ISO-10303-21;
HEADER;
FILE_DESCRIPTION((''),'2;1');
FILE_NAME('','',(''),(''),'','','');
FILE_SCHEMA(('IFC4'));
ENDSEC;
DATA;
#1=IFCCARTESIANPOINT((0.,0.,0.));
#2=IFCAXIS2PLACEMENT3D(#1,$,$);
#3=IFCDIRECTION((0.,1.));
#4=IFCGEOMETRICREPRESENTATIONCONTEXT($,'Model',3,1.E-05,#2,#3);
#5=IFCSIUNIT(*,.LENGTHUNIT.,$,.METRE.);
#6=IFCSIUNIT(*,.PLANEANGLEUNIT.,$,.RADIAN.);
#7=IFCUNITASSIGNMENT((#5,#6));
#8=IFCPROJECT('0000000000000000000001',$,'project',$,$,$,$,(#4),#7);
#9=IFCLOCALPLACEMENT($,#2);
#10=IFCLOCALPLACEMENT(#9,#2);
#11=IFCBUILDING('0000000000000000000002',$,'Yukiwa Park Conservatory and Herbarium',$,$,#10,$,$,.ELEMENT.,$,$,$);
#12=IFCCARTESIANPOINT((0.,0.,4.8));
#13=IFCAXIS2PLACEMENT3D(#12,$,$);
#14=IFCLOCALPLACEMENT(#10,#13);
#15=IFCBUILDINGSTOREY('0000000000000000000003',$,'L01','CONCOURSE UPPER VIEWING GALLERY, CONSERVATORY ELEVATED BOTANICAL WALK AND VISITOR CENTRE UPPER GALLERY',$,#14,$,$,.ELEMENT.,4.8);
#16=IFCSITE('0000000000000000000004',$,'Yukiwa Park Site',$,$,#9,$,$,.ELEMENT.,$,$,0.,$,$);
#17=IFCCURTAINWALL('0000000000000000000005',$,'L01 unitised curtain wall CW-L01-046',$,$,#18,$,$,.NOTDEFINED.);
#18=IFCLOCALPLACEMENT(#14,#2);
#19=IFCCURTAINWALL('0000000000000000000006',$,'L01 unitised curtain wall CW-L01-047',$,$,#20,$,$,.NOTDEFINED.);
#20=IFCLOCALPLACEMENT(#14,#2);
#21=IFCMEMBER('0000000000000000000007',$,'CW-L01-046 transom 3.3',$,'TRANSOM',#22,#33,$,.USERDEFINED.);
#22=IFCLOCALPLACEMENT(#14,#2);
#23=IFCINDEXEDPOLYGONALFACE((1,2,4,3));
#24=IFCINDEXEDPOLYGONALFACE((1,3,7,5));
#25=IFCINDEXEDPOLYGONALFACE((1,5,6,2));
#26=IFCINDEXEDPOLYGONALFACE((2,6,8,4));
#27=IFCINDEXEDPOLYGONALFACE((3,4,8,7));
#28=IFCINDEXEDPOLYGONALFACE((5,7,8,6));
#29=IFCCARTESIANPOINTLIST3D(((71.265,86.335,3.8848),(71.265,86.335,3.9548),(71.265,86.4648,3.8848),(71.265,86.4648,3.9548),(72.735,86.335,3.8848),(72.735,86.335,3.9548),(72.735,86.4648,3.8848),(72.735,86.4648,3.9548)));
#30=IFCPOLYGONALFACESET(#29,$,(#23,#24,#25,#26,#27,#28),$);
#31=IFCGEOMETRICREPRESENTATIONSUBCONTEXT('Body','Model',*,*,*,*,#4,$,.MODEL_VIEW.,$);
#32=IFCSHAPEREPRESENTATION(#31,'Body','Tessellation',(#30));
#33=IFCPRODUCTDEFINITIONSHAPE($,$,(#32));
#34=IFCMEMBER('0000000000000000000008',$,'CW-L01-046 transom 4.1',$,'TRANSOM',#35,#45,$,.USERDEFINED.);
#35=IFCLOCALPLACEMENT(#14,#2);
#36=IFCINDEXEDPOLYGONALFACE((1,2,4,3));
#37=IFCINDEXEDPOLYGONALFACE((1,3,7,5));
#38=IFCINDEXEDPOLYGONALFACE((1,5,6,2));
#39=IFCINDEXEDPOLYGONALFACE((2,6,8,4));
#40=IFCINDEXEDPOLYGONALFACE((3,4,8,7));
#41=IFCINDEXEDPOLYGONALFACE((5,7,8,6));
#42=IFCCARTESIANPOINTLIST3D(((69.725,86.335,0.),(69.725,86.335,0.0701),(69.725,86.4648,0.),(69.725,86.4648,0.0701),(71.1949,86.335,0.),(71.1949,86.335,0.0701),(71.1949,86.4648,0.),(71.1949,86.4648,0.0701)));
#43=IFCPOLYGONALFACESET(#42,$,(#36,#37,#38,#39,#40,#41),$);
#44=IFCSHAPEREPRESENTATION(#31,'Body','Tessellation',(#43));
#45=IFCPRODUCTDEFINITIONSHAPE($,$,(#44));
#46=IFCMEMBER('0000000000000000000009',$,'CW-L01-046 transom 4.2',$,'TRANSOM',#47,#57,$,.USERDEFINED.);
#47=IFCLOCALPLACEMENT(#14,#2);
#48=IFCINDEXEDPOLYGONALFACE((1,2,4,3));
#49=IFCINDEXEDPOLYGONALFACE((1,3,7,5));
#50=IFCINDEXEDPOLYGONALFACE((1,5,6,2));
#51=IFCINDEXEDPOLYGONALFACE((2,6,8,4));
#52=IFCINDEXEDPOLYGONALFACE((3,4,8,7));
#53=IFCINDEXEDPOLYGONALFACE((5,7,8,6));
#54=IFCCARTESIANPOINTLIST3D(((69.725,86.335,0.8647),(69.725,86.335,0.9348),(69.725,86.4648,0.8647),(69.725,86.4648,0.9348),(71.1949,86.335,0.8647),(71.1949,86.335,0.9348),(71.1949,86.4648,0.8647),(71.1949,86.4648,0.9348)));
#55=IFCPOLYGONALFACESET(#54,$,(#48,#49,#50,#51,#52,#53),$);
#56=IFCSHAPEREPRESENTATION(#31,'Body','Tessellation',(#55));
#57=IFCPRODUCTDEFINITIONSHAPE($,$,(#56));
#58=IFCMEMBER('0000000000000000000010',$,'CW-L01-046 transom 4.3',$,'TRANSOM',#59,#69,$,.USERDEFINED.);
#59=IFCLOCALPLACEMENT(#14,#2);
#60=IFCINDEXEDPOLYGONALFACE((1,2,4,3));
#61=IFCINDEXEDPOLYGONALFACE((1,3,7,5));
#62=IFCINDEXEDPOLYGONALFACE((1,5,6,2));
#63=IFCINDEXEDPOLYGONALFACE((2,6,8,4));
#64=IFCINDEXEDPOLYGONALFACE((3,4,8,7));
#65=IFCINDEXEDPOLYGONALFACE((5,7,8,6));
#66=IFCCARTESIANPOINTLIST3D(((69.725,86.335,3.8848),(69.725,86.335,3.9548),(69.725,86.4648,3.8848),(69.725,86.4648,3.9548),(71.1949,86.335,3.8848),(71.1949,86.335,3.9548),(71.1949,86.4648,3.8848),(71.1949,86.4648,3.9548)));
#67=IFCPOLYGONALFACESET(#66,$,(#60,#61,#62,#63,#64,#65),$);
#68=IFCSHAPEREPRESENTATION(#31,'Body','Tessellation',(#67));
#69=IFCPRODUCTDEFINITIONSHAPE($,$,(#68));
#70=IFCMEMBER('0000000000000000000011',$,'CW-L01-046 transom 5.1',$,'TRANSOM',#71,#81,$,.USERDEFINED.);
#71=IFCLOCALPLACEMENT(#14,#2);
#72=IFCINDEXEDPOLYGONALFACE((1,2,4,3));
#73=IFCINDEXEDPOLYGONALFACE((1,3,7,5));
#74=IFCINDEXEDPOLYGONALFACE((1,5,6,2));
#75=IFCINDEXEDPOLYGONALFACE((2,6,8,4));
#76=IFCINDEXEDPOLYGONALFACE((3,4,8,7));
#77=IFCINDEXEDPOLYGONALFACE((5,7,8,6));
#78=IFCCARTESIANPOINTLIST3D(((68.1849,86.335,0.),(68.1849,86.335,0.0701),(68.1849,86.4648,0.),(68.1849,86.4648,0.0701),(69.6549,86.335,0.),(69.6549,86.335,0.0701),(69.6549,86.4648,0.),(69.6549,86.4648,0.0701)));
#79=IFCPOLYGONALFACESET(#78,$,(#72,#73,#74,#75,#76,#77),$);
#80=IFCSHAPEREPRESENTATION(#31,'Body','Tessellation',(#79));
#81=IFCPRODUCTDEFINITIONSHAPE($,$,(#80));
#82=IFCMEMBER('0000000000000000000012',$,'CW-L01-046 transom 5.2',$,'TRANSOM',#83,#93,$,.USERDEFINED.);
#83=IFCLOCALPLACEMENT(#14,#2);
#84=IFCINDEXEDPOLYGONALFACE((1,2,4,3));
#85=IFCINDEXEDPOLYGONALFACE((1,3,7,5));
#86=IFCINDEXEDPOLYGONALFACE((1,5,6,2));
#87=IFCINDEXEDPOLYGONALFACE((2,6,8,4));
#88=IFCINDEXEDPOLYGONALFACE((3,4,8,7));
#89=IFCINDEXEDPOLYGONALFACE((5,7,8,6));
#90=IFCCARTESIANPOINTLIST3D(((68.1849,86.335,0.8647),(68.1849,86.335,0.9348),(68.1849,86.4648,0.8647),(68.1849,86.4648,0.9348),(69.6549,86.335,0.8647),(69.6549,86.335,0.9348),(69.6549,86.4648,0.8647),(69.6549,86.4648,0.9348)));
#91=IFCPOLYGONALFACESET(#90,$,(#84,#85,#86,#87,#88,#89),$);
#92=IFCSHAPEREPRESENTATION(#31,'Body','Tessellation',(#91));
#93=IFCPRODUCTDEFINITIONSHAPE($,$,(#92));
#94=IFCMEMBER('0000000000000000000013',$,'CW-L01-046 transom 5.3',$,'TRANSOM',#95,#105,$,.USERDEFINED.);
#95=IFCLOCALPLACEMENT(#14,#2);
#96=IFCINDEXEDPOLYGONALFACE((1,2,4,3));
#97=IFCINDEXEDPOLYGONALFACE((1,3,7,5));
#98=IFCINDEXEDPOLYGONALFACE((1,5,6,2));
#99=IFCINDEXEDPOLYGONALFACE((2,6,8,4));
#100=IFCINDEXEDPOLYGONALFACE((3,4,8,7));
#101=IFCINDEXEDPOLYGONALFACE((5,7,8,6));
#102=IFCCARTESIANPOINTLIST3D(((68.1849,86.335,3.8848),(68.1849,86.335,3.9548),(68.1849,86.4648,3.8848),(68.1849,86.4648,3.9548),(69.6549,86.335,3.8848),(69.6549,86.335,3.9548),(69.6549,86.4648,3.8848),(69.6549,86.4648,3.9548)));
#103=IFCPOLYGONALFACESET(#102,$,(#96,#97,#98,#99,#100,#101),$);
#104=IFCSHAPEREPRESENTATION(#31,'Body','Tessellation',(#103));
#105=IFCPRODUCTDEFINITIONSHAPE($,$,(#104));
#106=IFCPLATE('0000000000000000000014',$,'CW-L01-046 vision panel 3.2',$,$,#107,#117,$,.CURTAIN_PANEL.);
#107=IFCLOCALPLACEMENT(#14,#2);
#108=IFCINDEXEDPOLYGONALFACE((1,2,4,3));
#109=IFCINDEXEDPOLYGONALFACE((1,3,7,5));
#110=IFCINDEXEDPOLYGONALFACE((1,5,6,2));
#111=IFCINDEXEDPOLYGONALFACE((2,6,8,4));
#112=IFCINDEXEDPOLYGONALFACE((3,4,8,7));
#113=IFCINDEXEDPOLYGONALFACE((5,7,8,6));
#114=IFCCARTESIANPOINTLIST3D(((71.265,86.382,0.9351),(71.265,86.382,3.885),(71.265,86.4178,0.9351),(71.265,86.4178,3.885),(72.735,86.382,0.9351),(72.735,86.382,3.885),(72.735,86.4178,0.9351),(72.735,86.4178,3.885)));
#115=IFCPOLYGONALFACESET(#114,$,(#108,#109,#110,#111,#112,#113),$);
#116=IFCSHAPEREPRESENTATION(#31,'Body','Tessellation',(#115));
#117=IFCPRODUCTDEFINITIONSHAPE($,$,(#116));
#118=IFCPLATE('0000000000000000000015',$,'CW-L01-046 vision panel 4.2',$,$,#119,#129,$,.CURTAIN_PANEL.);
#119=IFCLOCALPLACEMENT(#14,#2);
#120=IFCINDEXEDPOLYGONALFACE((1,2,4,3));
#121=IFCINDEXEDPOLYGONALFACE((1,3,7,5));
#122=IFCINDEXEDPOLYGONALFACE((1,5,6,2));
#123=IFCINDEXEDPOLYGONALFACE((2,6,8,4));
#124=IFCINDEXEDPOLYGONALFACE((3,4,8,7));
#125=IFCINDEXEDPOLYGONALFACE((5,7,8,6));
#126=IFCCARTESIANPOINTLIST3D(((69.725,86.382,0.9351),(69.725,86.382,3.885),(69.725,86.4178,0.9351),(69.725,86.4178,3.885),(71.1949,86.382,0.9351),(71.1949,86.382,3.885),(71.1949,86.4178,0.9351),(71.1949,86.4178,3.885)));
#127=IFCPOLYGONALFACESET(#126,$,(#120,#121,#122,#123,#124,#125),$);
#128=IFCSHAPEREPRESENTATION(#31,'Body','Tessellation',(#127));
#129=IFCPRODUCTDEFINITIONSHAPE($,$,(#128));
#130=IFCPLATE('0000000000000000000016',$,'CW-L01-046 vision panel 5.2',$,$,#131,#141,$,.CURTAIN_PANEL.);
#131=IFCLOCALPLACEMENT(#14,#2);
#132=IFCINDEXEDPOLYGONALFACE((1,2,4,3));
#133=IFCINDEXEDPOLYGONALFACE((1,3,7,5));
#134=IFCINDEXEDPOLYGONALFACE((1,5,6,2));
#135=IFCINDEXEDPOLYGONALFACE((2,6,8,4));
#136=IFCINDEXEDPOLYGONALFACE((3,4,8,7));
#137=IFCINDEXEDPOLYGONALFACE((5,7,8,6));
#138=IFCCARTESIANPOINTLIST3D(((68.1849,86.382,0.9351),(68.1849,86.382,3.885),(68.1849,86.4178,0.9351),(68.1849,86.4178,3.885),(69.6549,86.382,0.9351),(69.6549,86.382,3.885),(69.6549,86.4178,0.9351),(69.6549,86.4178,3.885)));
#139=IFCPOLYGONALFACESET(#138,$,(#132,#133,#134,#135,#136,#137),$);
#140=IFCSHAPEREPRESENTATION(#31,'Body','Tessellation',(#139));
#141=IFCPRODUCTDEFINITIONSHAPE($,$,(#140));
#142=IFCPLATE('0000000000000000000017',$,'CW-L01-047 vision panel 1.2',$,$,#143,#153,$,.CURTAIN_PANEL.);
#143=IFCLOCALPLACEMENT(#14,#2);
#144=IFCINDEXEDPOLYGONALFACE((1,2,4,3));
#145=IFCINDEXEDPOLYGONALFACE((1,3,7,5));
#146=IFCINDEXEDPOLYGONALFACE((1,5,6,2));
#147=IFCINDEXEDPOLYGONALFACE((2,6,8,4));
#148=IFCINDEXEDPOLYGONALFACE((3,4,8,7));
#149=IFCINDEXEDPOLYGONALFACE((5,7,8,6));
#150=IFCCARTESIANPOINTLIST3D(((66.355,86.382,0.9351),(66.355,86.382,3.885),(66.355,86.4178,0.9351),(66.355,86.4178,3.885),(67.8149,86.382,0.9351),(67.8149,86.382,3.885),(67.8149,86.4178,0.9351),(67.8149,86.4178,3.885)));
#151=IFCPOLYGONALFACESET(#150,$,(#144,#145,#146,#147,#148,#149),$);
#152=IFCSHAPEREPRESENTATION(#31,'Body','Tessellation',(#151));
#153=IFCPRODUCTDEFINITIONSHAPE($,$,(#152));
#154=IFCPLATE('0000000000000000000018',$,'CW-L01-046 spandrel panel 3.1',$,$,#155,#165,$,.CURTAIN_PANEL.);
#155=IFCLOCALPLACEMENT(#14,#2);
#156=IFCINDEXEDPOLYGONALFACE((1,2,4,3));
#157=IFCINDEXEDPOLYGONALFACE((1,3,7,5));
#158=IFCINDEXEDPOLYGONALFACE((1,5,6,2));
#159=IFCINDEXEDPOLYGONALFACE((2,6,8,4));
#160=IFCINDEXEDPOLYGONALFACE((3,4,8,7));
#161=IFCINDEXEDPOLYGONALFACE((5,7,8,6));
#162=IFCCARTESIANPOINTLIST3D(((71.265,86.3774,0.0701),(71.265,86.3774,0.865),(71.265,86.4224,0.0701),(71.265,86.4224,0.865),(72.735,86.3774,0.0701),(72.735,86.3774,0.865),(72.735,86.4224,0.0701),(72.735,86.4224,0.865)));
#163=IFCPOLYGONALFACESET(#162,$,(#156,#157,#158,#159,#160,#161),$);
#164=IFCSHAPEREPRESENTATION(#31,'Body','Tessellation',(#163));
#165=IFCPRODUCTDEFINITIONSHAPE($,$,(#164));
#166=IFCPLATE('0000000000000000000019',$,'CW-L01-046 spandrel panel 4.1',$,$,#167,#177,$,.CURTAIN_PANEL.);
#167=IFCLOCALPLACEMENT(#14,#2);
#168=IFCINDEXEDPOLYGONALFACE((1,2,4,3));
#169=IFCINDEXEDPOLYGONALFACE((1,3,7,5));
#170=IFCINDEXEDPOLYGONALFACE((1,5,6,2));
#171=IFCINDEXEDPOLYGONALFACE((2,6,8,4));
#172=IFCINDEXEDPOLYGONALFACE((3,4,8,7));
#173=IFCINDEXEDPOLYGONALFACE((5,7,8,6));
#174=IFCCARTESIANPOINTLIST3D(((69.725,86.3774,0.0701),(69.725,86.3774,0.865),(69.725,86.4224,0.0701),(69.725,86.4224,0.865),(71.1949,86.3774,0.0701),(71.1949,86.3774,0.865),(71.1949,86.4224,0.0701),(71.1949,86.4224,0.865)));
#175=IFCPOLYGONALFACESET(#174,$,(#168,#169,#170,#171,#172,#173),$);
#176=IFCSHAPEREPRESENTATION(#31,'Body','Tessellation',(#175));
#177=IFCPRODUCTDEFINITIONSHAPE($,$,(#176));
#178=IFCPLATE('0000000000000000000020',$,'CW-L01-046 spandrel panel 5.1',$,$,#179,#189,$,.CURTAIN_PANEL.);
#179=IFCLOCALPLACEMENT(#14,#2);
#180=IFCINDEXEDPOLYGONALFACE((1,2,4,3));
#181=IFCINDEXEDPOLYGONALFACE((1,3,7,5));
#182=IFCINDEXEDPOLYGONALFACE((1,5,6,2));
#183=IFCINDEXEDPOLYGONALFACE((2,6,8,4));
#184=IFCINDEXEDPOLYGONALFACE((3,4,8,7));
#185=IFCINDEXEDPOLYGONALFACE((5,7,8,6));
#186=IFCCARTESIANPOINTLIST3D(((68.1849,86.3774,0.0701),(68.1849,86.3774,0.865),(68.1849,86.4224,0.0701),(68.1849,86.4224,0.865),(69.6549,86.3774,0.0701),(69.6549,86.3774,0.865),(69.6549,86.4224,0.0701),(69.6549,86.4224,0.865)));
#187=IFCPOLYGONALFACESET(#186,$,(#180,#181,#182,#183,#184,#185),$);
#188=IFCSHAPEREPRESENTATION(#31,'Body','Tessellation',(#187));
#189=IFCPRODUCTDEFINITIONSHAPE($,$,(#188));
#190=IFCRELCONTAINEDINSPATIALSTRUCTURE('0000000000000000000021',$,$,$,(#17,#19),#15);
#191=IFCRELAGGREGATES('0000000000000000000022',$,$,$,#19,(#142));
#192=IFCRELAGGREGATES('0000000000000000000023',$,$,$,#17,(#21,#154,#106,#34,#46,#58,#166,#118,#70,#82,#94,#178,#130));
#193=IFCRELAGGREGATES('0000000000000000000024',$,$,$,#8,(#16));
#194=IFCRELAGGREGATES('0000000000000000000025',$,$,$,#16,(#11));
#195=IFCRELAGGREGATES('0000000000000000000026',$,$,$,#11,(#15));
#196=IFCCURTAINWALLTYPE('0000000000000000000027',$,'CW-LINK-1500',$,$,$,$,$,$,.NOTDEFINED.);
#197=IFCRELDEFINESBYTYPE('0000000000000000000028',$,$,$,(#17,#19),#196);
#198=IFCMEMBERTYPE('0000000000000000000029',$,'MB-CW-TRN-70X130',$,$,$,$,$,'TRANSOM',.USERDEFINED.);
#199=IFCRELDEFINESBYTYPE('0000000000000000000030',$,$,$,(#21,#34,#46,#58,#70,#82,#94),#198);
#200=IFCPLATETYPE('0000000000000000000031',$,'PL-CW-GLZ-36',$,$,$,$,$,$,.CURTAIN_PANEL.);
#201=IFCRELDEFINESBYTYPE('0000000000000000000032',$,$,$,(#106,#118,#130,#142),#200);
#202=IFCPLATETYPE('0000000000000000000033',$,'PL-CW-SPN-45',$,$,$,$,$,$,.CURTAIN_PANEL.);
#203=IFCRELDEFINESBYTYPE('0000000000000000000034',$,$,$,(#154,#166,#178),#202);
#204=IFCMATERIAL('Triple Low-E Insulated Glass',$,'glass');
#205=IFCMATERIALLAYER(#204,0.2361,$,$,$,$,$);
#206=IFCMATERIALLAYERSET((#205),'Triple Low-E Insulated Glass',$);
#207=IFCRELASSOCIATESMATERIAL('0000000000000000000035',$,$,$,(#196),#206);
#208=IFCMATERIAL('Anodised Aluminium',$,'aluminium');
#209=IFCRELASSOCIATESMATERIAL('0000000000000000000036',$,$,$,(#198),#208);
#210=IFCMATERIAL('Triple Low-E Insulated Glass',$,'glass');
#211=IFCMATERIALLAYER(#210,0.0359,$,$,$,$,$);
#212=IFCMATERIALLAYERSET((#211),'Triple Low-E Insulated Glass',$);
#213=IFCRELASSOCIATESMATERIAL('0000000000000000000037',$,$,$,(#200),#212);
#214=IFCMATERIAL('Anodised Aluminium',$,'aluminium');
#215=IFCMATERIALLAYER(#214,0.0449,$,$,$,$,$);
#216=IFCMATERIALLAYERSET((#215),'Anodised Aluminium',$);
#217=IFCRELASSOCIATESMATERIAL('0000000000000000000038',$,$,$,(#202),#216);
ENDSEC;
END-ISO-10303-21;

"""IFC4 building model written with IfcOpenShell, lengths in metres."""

from ifc_helpers import new_model, si_unit, direction, frame, origin, origin_2d, place, context, subcontext, project, spatial, rectangle, extrude, material, layer, layer_set, type_object, element, aggregate, save


model = new_model("IFC4")

# Units and contexts
model_context = context("Model", 3, precision=1e-05, world=origin(), true_north=direction((0.0, 1.0)))
body_context = subcontext(model_context, "Body", "Model", "MODEL_VIEW")
ifc_project = project(units=[si_unit("LENGTHUNIT", "METRE"), si_unit("PLANEANGLEUNIT", "RADIAN")], contexts=[model_context])

# Site, building, storey
site_placement = place(None, origin())
site = spatial("IfcSite", under=ifc_project, at=site_placement, Name="Yukiwa Park Site", CompositionType="ELEMENT", RefElevation=0.0)
building_placement = place(site_placement, origin())
building = spatial("IfcBuilding", under=site, at=building_placement, Name="Yukiwa Park Conservatory and Herbarium", CompositionType="ELEMENT")
storey_placement = place(building_placement, frame((0.0, 0.0, 4.8)))
storey = spatial("IfcBuildingStorey", under=building, at=storey_placement, Name="L01", Description="CONCOURSE UPPER VIEWING GALLERY, CONSERVATORY ELEVATED BOTANICAL WALK AND VISITOR CENTRE UPPER GALLERY", CompositionType="ELEMENT", Elevation=4.8)

# Curtain wall
ifc_material_1 = material(Name="Triple Low-E Insulated Glass", Category="glass")
ifc_layer_1 = layer(ifc_material_1, 0.2361)
ifc_layer_set_1 = layer_set([ifc_layer_1], Name="Triple Low-E Insulated Glass")
curtain_wall_type = type_object("IfcCurtainWallType", Name="CW-LINK-1500", PredefinedType="NOTDEFINED", material=ifc_layer_set_1)
curtain_wall_1_placement = place(storey_placement, origin())
curtain_wall_1 = element("IfcCurtainWall", 1, at=curtain_wall_1_placement, inside=storey, type_object=curtain_wall_type, Name="L01 unitised curtain wall CW-L01-046", PredefinedType="NOTDEFINED")

# Curtain wall
curtain_wall_2_placement = place(storey_placement, origin())
curtain_wall_2 = element("IfcCurtainWall", 2, at=curtain_wall_2_placement, inside=storey, type_object=curtain_wall_type, Name="L01 unitised curtain wall CW-L01-047", PredefinedType="NOTDEFINED")

# Members
ifc_material_2 = material(Name="Anodised Aluminium", Category="aluminium")
member_type_1 = type_object("IfcMemberType", Name="MB-CW-TRN-70X130", ElementType="TRANSOM", PredefinedType="USERDEFINED", material=ifc_material_2)
member_1_placement = place(storey_placement, frame((72.0, 86.3999, 3.8848), z_axis=(0.0, 0.0, 1.0), x_axis=(-1.0, 0.0, 0.0)))
member_1 = element("IfcMember", 3, at=member_1_placement, type_object=member_type_1, Name="CW-L01-046 transom 3.3", ObjectType="TRANSOM", PredefinedType="USERDEFINED", context=body_context, shape_type="SweptSolid", body=[
    extrude(rectangle(XDim=1.47, YDim=0.1299, at=origin_2d()), origin(), (0.0, 0.0, 1.0), 0.0701),
])
member_2_placement = place(storey_placement, frame((70.46, 86.3999, 0.0), z_axis=(0.0, 0.0, 1.0), x_axis=(-1.0, 0.0, 0.0)))
member_2 = element("IfcMember", 4, at=member_2_placement, type_object=member_type_1, Name="CW-L01-046 transom 4.1", ObjectType="TRANSOM", PredefinedType="USERDEFINED", context=body_context, shape_type="SweptSolid", body=[
    extrude(rectangle(XDim=1.47, YDim=0.1299, at=origin_2d()), origin(), (0.0, 0.0, 1.0), 0.0701),
])
member_3_placement = place(storey_placement, frame((70.46, 86.3999, 0.8647), z_axis=(0.0, 0.0, 1.0), x_axis=(-1.0, 0.0, 0.0)))
member_3 = element("IfcMember", 5, at=member_3_placement, type_object=member_type_1, Name="CW-L01-046 transom 4.2", ObjectType="TRANSOM", PredefinedType="USERDEFINED", context=body_context, shape_type="SweptSolid", body=[
    extrude(rectangle(XDim=1.47, YDim=0.1299, at=origin_2d()), origin(), (0.0, 0.0, 1.0), 0.0701),
])
member_4_placement = place(storey_placement, frame((70.46, 86.3999, 3.8848), z_axis=(0.0, 0.0, 1.0), x_axis=(-1.0, 0.0, 0.0)))
member_4 = element("IfcMember", 6, at=member_4_placement, type_object=member_type_1, Name="CW-L01-046 transom 4.3", ObjectType="TRANSOM", PredefinedType="USERDEFINED", context=body_context, shape_type="SweptSolid", body=[
    extrude(rectangle(XDim=1.47, YDim=0.1299, at=origin_2d()), origin(), (0.0, 0.0, 1.0), 0.0701),
])
member_5_placement = place(storey_placement, frame((68.9199, 86.3999, 0.0), z_axis=(0.0, 0.0, 1.0), x_axis=(-1.0, 0.0, 0.0)))
member_5 = element("IfcMember", 7, at=member_5_placement, type_object=member_type_1, Name="CW-L01-046 transom 5.1", ObjectType="TRANSOM", PredefinedType="USERDEFINED", context=body_context, shape_type="SweptSolid", body=[
    extrude(rectangle(XDim=1.47, YDim=0.1299, at=origin_2d()), origin(), (0.0, 0.0, 1.0), 0.0701),
])
member_6_placement = place(storey_placement, frame((68.9199, 86.3999, 0.8647), z_axis=(0.0, 0.0, 1.0), x_axis=(-1.0, 0.0, 0.0)))
member_6 = element("IfcMember", 8, at=member_6_placement, type_object=member_type_1, Name="CW-L01-046 transom 5.2", ObjectType="TRANSOM", PredefinedType="USERDEFINED", context=body_context, shape_type="SweptSolid", body=[
    extrude(rectangle(XDim=1.47, YDim=0.1299, at=origin_2d()), origin(), (0.0, 0.0, 1.0), 0.0701),
])
member_7_placement = place(storey_placement, frame((68.9199, 86.3999, 3.8848), z_axis=(0.0, 0.0, 1.0), x_axis=(-1.0, 0.0, 0.0)))
member_7 = element("IfcMember", 9, at=member_7_placement, type_object=member_type_1, Name="CW-L01-046 transom 5.3", ObjectType="TRANSOM", PredefinedType="USERDEFINED", context=body_context, shape_type="SweptSolid", body=[
    extrude(rectangle(XDim=1.47, YDim=0.1299, at=origin_2d()), origin(), (0.0, 0.0, 1.0), 0.0701),
])

# Plates
ifc_material_3 = material(Name="Triple Low-E Insulated Glass", Category="glass")
ifc_layer_2 = layer(ifc_material_3, 0.0359)
ifc_layer_set_2 = layer_set([ifc_layer_2], Name="Triple Low-E Insulated Glass")
plate_type_1 = type_object("IfcPlateType", Name="PL-CW-GLZ-36", PredefinedType="CURTAIN_PANEL", material=ifc_layer_set_2)
plate_1_placement = place(storey_placement, frame((72.0, 86.3999, 0.9351), z_axis=(0.0, 0.0, 1.0), x_axis=(-1.0, 0.0, 0.0)))
plate_1 = element("IfcPlate", 10, at=plate_1_placement, type_object=plate_type_1, Name="CW-L01-046 vision panel 3.2", PredefinedType="CURTAIN_PANEL", context=body_context, shape_type="SweptSolid", body=[
    extrude(rectangle(XDim=1.47, YDim=0.0359, at=origin_2d()), origin(), (0.0, 0.0, 1.0), 2.95),
])
plate_2_placement = place(storey_placement, frame((70.46, 86.3999, 0.9351), z_axis=(0.0, 0.0, 1.0), x_axis=(-1.0, 0.0, 0.0)))
plate_2 = element("IfcPlate", 11, at=plate_2_placement, type_object=plate_type_1, Name="CW-L01-046 vision panel 4.2", PredefinedType="CURTAIN_PANEL", context=body_context, shape_type="SweptSolid", body=[
    extrude(rectangle(XDim=1.47, YDim=0.0359, at=origin_2d()), origin(), (0.0, 0.0, 1.0), 2.95),
])
plate_3_placement = place(storey_placement, frame((68.9199, 86.3999, 0.9351), z_axis=(0.0, 0.0, 1.0), x_axis=(-1.0, 0.0, 0.0)))
plate_3 = element("IfcPlate", 12, at=plate_3_placement, type_object=plate_type_1, Name="CW-L01-046 vision panel 5.2", PredefinedType="CURTAIN_PANEL", context=body_context, shape_type="SweptSolid", body=[
    extrude(rectangle(XDim=1.47, YDim=0.0359, at=origin_2d()), origin(), (0.0, 0.0, 1.0), 2.95),
])
plate_4_placement = place(storey_placement, frame((67.085, 86.3999, 0.9351), z_axis=(0.0, 0.0, 1.0), x_axis=(-1.0, 0.0, 0.0)))
plate_4 = element("IfcPlate", 13, at=plate_4_placement, type_object=plate_type_1, Name="CW-L01-047 vision panel 1.2", PredefinedType="CURTAIN_PANEL", context=body_context, shape_type="SweptSolid", body=[
    extrude(rectangle(XDim=1.46, YDim=0.0359, at=origin_2d()), origin(), (0.0, 0.0, 1.0), 2.95),
])
aggregate(curtain_wall_2, [plate_4])
ifc_material_4 = material(Name="Anodised Aluminium", Category="aluminium")
ifc_layer_3 = layer(ifc_material_4, 0.0449)
ifc_layer_set_3 = layer_set([ifc_layer_3], Name="Anodised Aluminium")
plate_type_2 = type_object("IfcPlateType", Name="PL-CW-SPN-45", PredefinedType="CURTAIN_PANEL", material=ifc_layer_set_3)
plate_5_placement = place(storey_placement, frame((72.0, 86.3999, 0.0701), z_axis=(0.0, 0.0, 1.0), x_axis=(-1.0, 0.0, 0.0)))
plate_5 = element("IfcPlate", 14, at=plate_5_placement, type_object=plate_type_2, Name="CW-L01-046 spandrel panel 3.1", PredefinedType="CURTAIN_PANEL", context=body_context, shape_type="SweptSolid", body=[
    extrude(rectangle(XDim=1.47, YDim=0.0449, at=origin_2d()), origin(), (0.0, 0.0, 1.0), 0.7949),
])
plate_6_placement = place(storey_placement, frame((70.46, 86.3999, 0.0701), z_axis=(0.0, 0.0, 1.0), x_axis=(-1.0, 0.0, 0.0)))
plate_6 = element("IfcPlate", 15, at=plate_6_placement, type_object=plate_type_2, Name="CW-L01-046 spandrel panel 4.1", PredefinedType="CURTAIN_PANEL", context=body_context, shape_type="SweptSolid", body=[
    extrude(rectangle(XDim=1.47, YDim=0.0449, at=origin_2d()), origin(), (0.0, 0.0, 1.0), 0.7949),
])
plate_7_placement = place(storey_placement, frame((68.9199, 86.3999, 0.0701), z_axis=(0.0, 0.0, 1.0), x_axis=(-1.0, 0.0, 0.0)))
plate_7 = element("IfcPlate", 16, at=plate_7_placement, type_object=plate_type_2, Name="CW-L01-046 spandrel panel 5.1", PredefinedType="CURTAIN_PANEL", context=body_context, shape_type="SweptSolid", body=[
    extrude(rectangle(XDim=1.47, YDim=0.0449, at=origin_2d()), origin(), (0.0, 0.0, 1.0), 0.7949),
])
aggregate(curtain_wall_1, [member_1, plate_5, plate_1, member_2, member_3, member_4, plate_6, plate_2, member_5, member_6, member_7, plate_7, plate_3])

save(model, "model.ifc")
